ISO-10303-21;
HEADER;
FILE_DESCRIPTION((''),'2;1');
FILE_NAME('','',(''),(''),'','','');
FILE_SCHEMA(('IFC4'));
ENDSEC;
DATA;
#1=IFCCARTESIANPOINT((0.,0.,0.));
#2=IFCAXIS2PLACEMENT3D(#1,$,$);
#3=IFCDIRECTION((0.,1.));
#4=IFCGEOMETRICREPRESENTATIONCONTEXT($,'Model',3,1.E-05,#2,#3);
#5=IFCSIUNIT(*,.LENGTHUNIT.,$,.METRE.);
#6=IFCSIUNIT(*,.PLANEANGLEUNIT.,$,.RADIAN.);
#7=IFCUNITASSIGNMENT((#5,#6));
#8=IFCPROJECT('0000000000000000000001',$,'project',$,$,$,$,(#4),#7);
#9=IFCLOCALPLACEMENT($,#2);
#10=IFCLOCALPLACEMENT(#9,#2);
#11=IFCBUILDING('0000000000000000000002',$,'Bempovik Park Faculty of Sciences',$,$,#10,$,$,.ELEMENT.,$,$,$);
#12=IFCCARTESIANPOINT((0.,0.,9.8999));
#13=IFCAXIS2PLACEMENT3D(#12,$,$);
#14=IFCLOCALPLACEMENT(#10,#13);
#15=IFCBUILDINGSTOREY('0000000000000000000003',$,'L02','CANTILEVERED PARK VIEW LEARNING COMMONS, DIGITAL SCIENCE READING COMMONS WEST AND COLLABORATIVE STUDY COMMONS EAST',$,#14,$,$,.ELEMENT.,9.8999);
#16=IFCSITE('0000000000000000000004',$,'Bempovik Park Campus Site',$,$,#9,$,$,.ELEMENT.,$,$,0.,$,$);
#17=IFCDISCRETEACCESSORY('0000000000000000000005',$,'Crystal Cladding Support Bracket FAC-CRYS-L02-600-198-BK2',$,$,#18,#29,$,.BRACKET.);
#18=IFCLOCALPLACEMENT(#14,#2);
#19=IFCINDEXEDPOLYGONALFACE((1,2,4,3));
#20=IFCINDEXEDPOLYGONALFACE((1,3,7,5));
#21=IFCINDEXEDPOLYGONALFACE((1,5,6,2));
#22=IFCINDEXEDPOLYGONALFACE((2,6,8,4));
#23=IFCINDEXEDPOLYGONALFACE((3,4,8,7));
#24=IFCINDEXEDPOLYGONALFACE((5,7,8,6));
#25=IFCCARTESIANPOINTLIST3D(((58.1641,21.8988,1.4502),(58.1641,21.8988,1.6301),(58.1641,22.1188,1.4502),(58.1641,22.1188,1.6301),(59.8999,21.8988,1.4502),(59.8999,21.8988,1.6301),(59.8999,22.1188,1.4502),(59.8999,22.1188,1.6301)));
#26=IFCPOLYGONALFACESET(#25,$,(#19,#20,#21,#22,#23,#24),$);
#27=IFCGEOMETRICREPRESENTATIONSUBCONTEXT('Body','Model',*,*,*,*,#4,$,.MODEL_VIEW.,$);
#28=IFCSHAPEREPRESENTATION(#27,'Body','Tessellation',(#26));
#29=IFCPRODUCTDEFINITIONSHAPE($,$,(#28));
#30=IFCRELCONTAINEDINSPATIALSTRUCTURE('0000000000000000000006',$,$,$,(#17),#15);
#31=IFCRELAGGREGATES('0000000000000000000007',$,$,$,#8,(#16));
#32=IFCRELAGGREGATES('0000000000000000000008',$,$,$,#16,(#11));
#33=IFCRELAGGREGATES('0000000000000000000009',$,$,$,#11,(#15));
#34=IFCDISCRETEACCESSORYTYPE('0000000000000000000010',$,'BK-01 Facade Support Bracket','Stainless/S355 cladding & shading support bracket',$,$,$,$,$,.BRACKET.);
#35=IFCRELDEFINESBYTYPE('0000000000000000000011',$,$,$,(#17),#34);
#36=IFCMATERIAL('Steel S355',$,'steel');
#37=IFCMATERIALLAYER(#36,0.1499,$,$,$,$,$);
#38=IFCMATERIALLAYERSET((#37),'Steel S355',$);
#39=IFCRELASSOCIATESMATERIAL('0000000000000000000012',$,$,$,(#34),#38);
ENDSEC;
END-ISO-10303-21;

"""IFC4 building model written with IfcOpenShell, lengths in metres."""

from ifc_helpers import new_model, si_unit, direction, frame, origin, origin_2d, place, context, subcontext, project, spatial, rectangle, extrude, material, layer, layer_set, type_object, element, save


model = new_model("IFC4")

# Units and contexts
model_context = context("Model", 3, precision=1e-05, world=origin(), true_north=direction((0.0, 1.0)))
body_context = subcontext(model_context, "Body", "Model", "MODEL_VIEW")
ifc_project = project(units=[si_unit("LENGTHUNIT", "METRE"), si_unit("PLANEANGLEUNIT", "RADIAN")], contexts=[model_context])

# Site, building, storey
site_placement = place(None, origin())
site = spatial("IfcSite", under=ifc_project, at=site_placement, Name="Bempovik Park Campus Site", CompositionType="ELEMENT", RefElevation=0.0)
building_placement = place(site_placement, origin())
building = spatial("IfcBuilding", under=site, at=building_placement, Name="Bempovik Park Faculty of Sciences", CompositionType="ELEMENT")
storey_placement = place(building_placement, frame((0.0, 0.0, 9.8999)))
storey = spatial("IfcBuildingStorey", under=building, at=storey_placement, Name="L02", Description="CANTILEVERED PARK VIEW LEARNING COMMONS, DIGITAL SCIENCE READING COMMONS WEST AND COLLABORATIVE STUDY COMMONS EAST", CompositionType="ELEMENT", Elevation=9.8999)

# Shared definitions
ifc_material_1 = material(Name="Steel S355", Category="steel")

# Discrete accessory
ifc_layer_1 = layer(ifc_material_1, 0.1499)
ifc_layer_set_1 = layer_set([ifc_layer_1], Name="Steel S355")
discrete_accessory_type = type_object("IfcDiscreteAccessoryType", Name="BK-01 Facade Support Bracket", Description="Stainless/S355 cladding & shading support bracket", PredefinedType="BRACKET", material=ifc_layer_set_1)
for number, where, z_axis, x_axis, name in (
    (1, (59.032, 22.0088, 1.4502), (0.0, 0.0, 1.0), (1.0, 0.0, 0.0), "Crystal Cladding Support Bracket FAC-CRYS-L02-600-198-BK2"),
):
    element("IfcDiscreteAccessory", number, at=place(storey_placement, frame(where, z_axis=z_axis, x_axis=x_axis)), inside=storey, type_object=discrete_accessory_type, Name=name, PredefinedType="BRACKET", context=body_context, shape_type="SweptSolid", body=[
        extrude(rectangle(XDim=1.7358, YDim=0.22, at=origin_2d()), origin(), (0.0, 0.0, 1.0), 0.1799),
    ])

save(model, "model.ifc")
